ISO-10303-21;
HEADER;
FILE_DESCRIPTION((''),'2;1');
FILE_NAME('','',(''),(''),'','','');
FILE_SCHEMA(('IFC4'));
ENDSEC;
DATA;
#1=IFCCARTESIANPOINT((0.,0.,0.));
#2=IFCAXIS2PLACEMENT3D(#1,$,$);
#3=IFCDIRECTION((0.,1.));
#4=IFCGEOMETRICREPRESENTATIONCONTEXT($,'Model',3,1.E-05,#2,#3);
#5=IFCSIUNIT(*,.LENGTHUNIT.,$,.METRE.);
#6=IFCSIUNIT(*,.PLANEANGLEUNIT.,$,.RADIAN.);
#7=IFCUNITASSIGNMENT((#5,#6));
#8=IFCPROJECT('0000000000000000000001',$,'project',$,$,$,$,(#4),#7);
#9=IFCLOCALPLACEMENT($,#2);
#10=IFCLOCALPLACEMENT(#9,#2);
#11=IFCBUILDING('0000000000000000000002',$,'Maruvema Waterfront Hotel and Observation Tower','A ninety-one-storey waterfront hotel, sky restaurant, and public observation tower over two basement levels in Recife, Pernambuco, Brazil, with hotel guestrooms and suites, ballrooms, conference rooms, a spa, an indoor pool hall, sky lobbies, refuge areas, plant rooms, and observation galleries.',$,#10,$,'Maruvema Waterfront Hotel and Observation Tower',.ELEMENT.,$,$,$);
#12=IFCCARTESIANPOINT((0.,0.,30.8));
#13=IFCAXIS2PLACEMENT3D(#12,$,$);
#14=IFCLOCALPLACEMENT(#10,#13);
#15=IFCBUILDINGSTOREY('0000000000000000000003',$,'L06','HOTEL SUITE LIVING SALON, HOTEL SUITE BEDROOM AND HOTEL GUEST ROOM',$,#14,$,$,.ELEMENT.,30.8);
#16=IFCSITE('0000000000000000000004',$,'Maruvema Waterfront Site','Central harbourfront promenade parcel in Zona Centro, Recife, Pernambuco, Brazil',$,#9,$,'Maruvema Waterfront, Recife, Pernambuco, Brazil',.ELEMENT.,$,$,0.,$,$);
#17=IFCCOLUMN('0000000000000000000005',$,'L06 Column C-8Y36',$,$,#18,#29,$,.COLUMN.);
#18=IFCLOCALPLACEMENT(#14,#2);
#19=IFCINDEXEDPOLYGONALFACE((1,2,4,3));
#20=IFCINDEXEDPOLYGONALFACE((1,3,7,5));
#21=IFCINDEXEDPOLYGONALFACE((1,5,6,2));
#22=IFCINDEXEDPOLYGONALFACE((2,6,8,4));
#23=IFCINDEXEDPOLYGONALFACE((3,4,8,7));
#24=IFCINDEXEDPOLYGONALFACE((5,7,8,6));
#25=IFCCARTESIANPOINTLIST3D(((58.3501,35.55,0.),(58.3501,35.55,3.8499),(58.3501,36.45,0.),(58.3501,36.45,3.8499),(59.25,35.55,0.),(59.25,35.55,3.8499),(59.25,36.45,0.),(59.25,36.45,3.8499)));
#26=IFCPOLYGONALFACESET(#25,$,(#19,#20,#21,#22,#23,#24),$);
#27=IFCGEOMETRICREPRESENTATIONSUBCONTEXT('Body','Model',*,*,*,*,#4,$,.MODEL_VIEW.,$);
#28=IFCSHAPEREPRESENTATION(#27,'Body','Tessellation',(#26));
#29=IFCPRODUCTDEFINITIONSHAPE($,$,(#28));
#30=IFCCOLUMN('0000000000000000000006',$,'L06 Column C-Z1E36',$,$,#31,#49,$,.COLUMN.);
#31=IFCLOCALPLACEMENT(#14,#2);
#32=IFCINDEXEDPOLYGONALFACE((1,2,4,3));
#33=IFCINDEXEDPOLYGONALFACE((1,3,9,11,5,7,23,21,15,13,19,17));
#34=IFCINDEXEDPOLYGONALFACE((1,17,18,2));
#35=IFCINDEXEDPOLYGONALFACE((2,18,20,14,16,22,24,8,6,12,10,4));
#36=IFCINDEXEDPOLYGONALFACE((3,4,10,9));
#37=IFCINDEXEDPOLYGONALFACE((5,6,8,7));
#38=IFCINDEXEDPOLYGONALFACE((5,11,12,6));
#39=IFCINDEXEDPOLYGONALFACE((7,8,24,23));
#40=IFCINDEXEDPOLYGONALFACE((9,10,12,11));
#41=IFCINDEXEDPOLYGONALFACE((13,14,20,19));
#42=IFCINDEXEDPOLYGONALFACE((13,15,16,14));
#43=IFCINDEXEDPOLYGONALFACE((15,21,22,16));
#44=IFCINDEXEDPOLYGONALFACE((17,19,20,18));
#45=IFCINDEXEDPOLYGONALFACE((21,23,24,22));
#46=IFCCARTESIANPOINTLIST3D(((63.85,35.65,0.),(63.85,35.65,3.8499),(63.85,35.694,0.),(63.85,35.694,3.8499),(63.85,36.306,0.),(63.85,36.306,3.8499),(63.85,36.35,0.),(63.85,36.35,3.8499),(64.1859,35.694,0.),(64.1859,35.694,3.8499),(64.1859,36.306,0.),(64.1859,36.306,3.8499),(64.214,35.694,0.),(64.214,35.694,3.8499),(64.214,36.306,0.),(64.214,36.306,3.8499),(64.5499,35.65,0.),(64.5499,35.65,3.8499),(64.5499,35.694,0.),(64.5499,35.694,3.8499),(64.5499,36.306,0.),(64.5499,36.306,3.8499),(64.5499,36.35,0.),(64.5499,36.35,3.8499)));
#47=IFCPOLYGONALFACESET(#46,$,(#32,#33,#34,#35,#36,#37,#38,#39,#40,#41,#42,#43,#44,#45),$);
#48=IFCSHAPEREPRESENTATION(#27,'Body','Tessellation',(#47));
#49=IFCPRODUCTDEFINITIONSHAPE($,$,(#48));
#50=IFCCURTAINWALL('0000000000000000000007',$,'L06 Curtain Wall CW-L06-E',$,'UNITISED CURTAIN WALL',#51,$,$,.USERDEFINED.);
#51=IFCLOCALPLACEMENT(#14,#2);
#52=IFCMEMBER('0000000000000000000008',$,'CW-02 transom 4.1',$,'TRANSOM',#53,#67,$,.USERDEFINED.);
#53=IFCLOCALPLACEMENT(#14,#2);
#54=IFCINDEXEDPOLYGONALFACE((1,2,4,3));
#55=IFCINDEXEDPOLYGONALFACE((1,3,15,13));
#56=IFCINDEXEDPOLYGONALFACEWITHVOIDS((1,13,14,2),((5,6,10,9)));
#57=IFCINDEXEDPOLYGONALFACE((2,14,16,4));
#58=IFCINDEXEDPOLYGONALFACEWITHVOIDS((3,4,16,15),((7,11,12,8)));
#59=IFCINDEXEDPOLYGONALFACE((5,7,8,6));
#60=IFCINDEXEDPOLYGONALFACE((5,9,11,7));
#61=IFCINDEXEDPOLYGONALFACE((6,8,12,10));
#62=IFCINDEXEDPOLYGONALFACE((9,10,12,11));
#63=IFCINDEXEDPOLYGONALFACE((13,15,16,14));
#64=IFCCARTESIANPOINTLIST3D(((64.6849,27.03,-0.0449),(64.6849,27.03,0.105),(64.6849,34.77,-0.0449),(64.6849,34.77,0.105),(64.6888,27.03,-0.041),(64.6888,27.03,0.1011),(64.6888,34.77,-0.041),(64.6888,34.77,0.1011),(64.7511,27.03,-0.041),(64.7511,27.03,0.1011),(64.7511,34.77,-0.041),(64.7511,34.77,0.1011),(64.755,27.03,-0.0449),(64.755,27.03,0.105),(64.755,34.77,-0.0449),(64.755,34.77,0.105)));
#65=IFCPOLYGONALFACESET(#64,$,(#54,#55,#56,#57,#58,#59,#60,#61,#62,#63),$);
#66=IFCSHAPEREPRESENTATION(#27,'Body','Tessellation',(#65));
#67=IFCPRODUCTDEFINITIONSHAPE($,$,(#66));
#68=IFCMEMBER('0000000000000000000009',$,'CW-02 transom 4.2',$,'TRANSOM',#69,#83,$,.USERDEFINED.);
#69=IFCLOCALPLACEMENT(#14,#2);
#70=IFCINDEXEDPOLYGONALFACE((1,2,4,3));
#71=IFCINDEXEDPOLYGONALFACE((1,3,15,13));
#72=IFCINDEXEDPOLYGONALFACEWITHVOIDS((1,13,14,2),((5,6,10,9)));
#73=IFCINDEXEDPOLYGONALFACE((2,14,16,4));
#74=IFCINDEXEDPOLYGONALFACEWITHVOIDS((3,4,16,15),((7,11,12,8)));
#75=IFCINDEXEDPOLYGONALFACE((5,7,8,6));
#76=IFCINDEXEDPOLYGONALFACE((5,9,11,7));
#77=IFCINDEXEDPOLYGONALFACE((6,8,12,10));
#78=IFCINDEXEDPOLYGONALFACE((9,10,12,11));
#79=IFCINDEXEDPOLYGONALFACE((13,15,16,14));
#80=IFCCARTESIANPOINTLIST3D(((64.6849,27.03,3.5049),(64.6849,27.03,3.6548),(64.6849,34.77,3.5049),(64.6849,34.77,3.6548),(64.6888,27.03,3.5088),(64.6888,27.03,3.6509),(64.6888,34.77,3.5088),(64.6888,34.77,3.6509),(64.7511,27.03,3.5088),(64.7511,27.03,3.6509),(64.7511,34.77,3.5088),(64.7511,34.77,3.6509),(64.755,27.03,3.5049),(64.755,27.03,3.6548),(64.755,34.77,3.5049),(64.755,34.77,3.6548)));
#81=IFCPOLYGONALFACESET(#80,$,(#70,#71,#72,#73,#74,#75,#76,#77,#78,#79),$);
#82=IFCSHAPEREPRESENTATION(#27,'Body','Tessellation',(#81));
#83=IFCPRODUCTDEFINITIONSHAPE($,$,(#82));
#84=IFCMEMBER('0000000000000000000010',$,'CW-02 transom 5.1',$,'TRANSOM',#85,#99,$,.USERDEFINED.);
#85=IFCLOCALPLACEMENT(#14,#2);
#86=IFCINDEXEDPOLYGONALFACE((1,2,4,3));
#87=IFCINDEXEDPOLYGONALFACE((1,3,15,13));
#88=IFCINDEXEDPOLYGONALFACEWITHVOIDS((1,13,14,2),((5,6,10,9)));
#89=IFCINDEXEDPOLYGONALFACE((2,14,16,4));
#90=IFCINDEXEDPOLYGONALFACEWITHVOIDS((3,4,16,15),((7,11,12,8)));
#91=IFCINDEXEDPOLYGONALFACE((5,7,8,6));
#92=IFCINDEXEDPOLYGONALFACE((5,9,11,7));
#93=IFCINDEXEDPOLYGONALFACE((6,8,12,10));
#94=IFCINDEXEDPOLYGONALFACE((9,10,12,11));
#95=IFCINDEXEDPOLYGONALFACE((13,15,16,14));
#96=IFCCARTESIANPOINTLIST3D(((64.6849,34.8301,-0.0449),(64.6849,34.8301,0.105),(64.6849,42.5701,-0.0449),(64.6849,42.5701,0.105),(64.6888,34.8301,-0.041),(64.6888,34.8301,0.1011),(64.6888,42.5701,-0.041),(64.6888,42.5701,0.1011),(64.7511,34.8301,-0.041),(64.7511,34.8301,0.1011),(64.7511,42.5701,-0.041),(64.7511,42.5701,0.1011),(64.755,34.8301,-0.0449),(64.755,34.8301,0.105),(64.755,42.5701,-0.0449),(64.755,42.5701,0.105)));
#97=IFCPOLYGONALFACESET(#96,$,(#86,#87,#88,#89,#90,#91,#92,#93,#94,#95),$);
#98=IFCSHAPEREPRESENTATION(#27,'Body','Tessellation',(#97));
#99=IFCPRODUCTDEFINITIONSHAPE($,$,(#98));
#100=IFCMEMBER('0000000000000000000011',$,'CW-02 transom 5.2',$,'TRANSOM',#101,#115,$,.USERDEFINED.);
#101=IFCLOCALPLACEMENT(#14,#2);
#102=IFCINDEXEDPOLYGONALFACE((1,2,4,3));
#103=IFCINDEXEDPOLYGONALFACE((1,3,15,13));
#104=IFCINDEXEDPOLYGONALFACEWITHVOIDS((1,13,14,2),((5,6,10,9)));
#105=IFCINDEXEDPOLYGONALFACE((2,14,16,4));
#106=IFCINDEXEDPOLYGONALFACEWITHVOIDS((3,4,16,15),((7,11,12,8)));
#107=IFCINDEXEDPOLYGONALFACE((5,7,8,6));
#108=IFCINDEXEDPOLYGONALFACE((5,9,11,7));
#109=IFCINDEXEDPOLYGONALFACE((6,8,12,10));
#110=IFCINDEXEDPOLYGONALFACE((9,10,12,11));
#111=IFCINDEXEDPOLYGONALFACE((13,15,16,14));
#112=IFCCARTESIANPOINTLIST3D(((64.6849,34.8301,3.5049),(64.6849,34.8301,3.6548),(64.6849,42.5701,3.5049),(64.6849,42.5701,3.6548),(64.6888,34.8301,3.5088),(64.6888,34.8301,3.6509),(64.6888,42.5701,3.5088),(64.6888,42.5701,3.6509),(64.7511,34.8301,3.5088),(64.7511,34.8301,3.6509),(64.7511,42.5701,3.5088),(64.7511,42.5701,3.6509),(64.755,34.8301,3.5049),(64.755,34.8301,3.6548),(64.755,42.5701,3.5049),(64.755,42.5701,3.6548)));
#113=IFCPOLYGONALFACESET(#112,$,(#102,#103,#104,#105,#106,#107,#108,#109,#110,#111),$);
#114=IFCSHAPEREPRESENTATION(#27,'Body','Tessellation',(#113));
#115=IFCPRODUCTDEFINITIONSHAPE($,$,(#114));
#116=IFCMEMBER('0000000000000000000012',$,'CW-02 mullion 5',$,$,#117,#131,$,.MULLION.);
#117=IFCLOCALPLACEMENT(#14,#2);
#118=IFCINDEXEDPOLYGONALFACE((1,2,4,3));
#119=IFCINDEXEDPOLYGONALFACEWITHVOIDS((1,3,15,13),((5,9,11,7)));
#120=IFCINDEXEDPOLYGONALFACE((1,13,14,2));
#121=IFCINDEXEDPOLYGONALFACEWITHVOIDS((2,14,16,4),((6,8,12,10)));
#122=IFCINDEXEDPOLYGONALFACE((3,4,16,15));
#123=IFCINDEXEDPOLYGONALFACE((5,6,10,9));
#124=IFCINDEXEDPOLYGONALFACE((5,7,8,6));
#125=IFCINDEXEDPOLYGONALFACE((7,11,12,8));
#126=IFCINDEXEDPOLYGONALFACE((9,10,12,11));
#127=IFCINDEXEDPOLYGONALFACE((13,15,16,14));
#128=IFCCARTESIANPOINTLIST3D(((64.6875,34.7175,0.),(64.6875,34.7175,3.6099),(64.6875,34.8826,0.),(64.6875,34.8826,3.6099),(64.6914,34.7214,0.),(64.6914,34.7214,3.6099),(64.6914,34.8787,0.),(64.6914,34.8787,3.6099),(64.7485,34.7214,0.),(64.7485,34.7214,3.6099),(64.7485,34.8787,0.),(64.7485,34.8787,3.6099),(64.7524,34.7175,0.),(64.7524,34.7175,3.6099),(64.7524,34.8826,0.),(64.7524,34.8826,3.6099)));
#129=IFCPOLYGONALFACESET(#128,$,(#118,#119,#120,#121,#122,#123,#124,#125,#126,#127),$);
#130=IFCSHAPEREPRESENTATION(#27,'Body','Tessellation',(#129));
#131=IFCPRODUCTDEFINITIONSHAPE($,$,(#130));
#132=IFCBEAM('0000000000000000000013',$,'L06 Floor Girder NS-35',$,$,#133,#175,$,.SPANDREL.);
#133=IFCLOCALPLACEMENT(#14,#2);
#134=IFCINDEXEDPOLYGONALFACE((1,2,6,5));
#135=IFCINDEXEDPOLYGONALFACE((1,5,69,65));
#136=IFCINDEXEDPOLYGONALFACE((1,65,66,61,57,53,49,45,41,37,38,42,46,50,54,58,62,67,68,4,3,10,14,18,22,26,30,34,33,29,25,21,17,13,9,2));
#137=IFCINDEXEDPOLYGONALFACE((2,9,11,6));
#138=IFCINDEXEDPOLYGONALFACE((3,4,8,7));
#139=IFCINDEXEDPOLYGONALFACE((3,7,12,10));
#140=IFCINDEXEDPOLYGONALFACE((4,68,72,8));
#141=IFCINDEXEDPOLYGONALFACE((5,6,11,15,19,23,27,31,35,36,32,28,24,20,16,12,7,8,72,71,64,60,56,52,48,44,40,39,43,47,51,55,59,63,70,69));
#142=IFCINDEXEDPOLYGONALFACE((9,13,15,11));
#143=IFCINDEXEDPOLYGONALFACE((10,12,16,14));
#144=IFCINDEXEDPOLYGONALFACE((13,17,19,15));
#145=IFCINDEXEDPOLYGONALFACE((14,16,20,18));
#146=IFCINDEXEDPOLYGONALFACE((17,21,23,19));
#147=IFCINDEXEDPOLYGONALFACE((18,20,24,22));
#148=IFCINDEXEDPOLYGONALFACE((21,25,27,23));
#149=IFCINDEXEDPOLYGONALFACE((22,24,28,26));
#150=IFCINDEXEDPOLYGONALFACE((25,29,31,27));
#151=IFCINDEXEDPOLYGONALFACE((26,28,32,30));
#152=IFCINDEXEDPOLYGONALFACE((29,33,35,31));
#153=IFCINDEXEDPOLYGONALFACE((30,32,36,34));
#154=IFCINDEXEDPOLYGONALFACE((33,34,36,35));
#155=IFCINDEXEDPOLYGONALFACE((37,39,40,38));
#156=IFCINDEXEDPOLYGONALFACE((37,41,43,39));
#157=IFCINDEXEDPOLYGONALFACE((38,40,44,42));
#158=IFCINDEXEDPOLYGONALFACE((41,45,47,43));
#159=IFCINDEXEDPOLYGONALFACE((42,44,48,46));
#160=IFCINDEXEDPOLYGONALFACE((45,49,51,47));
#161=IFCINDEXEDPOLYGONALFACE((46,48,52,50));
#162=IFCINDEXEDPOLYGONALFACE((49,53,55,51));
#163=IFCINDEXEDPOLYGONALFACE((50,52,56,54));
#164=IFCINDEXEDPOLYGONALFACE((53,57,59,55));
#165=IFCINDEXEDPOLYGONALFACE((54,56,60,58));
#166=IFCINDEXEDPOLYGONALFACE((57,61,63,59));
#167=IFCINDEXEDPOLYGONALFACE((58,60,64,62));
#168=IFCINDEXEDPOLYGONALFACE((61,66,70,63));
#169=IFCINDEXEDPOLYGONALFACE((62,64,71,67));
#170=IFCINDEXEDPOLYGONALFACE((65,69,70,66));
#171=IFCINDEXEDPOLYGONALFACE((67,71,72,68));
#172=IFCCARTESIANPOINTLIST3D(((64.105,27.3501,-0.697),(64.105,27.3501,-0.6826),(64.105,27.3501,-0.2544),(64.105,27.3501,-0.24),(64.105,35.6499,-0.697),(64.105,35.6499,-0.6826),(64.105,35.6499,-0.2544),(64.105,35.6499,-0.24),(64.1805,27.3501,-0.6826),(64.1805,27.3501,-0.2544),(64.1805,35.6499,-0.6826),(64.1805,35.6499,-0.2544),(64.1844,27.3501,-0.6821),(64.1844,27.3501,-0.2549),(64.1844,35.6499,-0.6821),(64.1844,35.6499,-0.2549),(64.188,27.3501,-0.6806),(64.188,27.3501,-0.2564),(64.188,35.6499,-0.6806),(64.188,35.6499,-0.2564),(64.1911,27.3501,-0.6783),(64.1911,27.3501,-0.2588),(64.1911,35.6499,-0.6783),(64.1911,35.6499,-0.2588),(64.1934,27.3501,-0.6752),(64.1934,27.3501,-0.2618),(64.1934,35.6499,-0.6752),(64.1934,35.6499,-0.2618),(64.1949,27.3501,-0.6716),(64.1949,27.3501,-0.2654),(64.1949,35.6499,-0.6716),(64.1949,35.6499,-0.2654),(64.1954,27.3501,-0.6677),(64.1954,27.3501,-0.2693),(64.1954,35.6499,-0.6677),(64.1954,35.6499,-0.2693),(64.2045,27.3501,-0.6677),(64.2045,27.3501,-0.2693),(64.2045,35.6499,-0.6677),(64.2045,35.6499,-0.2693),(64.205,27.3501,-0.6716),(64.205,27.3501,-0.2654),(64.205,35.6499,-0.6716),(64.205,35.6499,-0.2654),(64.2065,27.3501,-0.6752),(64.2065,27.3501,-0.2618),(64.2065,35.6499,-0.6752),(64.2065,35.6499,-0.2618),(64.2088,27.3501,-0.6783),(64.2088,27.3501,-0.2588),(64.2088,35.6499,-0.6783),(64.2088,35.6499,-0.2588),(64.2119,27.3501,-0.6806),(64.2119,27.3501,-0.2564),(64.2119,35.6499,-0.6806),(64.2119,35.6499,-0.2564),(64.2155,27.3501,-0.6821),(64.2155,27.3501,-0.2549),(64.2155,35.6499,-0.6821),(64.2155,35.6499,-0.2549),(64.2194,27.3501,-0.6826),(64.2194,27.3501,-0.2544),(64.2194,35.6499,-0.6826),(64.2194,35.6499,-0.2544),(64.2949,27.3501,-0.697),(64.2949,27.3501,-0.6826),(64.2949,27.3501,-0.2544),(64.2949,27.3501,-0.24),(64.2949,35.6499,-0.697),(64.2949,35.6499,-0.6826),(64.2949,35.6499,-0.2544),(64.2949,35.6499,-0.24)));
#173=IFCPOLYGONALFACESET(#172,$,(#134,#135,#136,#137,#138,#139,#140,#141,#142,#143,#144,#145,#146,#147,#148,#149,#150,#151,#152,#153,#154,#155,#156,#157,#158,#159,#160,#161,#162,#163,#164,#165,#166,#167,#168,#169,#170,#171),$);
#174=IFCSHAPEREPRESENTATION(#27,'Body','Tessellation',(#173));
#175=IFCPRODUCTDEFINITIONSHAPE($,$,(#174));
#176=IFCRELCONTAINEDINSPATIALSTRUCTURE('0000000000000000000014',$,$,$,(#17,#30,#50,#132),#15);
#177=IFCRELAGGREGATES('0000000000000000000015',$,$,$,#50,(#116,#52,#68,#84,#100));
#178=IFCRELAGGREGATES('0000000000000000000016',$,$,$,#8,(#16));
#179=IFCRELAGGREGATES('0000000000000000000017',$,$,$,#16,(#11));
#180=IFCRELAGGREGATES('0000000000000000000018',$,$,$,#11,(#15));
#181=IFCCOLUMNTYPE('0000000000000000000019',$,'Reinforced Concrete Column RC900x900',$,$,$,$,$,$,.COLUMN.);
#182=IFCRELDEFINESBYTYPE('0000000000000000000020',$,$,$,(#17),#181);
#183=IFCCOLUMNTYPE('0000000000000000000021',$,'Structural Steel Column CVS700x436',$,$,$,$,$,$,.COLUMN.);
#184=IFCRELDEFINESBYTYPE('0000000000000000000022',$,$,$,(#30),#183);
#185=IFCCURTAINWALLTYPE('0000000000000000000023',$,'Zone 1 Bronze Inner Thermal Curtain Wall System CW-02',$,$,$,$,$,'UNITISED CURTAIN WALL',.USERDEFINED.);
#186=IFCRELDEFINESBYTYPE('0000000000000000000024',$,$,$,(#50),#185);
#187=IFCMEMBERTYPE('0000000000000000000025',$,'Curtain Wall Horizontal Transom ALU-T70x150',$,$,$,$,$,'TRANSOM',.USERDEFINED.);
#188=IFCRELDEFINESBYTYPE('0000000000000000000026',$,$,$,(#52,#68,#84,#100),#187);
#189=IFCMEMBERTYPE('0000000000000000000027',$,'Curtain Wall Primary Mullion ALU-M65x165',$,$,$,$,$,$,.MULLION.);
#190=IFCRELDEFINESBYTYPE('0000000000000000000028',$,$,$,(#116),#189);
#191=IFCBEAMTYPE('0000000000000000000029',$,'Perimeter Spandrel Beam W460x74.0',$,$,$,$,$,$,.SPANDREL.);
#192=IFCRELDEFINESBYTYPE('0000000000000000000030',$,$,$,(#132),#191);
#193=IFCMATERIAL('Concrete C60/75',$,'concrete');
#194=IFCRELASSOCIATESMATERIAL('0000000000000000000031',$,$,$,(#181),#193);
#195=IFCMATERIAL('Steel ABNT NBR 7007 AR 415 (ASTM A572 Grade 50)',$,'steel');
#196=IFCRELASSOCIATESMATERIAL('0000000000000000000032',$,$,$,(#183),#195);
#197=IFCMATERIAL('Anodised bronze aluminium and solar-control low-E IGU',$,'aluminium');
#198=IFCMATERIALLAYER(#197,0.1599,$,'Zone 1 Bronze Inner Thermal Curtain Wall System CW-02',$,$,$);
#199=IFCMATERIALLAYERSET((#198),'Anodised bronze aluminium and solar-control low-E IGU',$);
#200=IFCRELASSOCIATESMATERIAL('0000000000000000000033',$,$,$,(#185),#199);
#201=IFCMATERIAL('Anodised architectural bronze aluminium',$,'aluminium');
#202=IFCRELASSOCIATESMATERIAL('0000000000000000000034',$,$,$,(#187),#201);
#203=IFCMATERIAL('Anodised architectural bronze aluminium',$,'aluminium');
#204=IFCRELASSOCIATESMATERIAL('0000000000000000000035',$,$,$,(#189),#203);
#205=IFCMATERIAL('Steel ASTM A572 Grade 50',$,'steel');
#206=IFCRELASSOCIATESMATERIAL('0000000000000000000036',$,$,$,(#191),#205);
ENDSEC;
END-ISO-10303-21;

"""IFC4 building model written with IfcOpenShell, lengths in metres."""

from ifc_helpers import new_model, si_unit, direction, frame, origin, origin_2d, place, context, subcontext, project, spatial, rectangle, hollow_rectangle, i_section, extrude, material, layer, layer_set, material_profile, profile_set, type_object, element, aggregate, save


model = new_model("IFC4")

# Units and contexts
model_context = context("Model", 3, precision=1e-05, world=origin(), true_north=direction((0.0, 1.0)))
body_context = subcontext(model_context, "Body", "Model", "MODEL_VIEW")
ifc_project = project(units=[si_unit("LENGTHUNIT", "METRE"), si_unit("PLANEANGLEUNIT", "RADIAN")], contexts=[model_context])

# Site, building, storey
site_placement = place(None, origin())
site = spatial("IfcSite", under=ifc_project, at=site_placement, Name="Maruvema Waterfront Site", Description="Central harbourfront promenade parcel in Zona Centro, Recife, Pernambuco, Brazil", LongName="Maruvema Waterfront, Recife, Pernambuco, Brazil", CompositionType="ELEMENT", RefElevation=0.0)
building_placement = place(site_placement, origin())
building = spatial("IfcBuilding", under=site, at=building_placement, Name="Maruvema Waterfront Hotel and Observation Tower", Description="A ninety-one-storey waterfront hotel, sky restaurant, and public observation tower over two basement levels in Recife, Pernambuco, Brazil, with hotel guestrooms and suites, ballrooms, conference rooms, a spa, an indoor pool hall, sky lobbies, refuge areas, plant rooms, and observation galleries.", LongName="Maruvema Waterfront Hotel and Observation Tower", CompositionType="ELEMENT")
storey_placement = place(building_placement, frame((0.0, 0.0, 30.8)))
storey = spatial("IfcBuildingStorey", under=building, at=storey_placement, Name="L06", Description="HOTEL SUITE LIVING SALON, HOTEL SUITE BEDROOM AND HOTEL GUEST ROOM", CompositionType="ELEMENT", Elevation=30.8)

# Columns
ifc_material_1 = material(Name="Concrete C60/75", Category="concrete")
ifc_material_profile_1 = material_profile(ifc_material_1, rectangle(XDim=0.8999, YDim=0.8999, at=origin_2d()), Name="RC900x900")
ifc_profile_set_1 = profile_set([ifc_material_profile_1], Name="Concrete C60/75")
column_type_1 = type_object("IfcColumnType", Name="Reinforced Concrete Column RC900x900", PredefinedType="COLUMN", material=ifc_profile_set_1)
column_1_placement = place(storey_placement, frame((58.8, 36.0, 0.0), z_axis=(0.0, 0.0, 1.0), x_axis=(1.0, 0.0, 0.0)))
element("IfcColumn", 1, at=column_1_placement, inside=storey, type_object=column_type_1, Name="L06 Column C-8Y36", PredefinedType="COLUMN", context=body_context, shape_type="SweptSolid", body=[
    extrude(rectangle(XDim=0.8999, YDim=0.8999, at=origin_2d()), origin(), (0.0, 0.0, 1.0), 3.8499),
])
ifc_material_2 = material(Name="Steel ABNT NBR 7007 AR 415 (ASTM A572 Grade 50)", Category="steel")
ifc_material_profile_2 = material_profile(ifc_material_2, i_section(OverallWidth=0.7, OverallDepth=0.7, WebThickness=0.0281, FlangeThickness=0.0439, at=origin_2d()), Name="CVS700x436")
ifc_profile_set_2 = profile_set([ifc_material_profile_2], Name="Steel ABNT NBR 7007 AR 415 (ASTM A572 Grade 50)")
column_type_2 = type_object("IfcColumnType", Name="Structural Steel Column CVS700x436", PredefinedType="COLUMN", material=ifc_profile_set_2)
column_2_placement = place(storey_placement, frame((64.2, 36.0, 0.0), z_axis=(0.0, 0.0, 1.0), x_axis=(1.0, 0.0, 0.0)))
element("IfcColumn", 2, at=column_2_placement, inside=storey, type_object=column_type_2, Name="L06 Column C-Z1E36", PredefinedType="COLUMN", context=body_context, shape_type="SweptSolid", body=[
    extrude(i_section(OverallWidth=0.7, OverallDepth=0.7, WebThickness=0.0281, FlangeThickness=0.0439, at=origin_2d()), origin(), (0.0, 0.0, 1.0), 3.8499),
])

# Curtain wall, members
ifc_material_3 = material(Name="Anodised bronze aluminium and solar-control low-E IGU", Category="aluminium")
ifc_layer_1 = layer(ifc_material_3, 0.1599, Name="Zone 1 Bronze Inner Thermal Curtain Wall System CW-02")
ifc_layer_set_1 = layer_set([ifc_layer_1], Name="Anodised bronze aluminium and solar-control low-E IGU")
curtain_wall_type = type_object("IfcCurtainWallType", Name="Zone 1 Bronze Inner Thermal Curtain Wall System CW-02", ElementType="UNITISED CURTAIN WALL", PredefinedType="USERDEFINED", material=ifc_layer_set_1)
curtain_wall_placement = place(storey_placement, origin())
curtain_wall = element("IfcCurtainWall", 3, at=curtain_wall_placement, inside=storey, type_object=curtain_wall_type, Name="L06 Curtain Wall CW-L06-E", ObjectType="UNITISED CURTAIN WALL", PredefinedType="USERDEFINED")
ifc_material_4 = material(Name="Anodised architectural bronze aluminium", Category="aluminium")
ifc_material_profile_3 = material_profile(ifc_material_4, hollow_rectangle(XDim=0.0701, YDim=0.1499, WallThickness=0.0039, at=origin_2d()), Name="ALU-T70x150")
ifc_profile_set_3 = profile_set([ifc_material_profile_3], Name="Anodised architectural bronze aluminium")
member_type_1 = type_object("IfcMemberType", Name="Curtain Wall Horizontal Transom ALU-T70x150", ElementType="TRANSOM", PredefinedType="USERDEFINED", material=ifc_profile_set_3)
member_1_placement = place(storey_placement, frame((64.72, 27.03, 0.03), z_axis=(0.0, 1.0, 0.0), x_axis=(-1.0, 0.0, 0.0)))
member_1 = element("IfcMember", 4, at=member_1_placement, type_object=member_type_1, Name="CW-02 transom 4.1", ObjectType="TRANSOM", PredefinedType="USERDEFINED", context=body_context, shape_type="SweptSolid", body=[
    extrude(hollow_rectangle(XDim=0.0701, YDim=0.1499, WallThickness=0.0039, at=origin_2d()), origin(), (0.0, 0.0, 1.0), 7.74),
])
member_2_placement = place(storey_placement, frame((64.72, 27.03, 3.5798), z_axis=(0.0, 1.0, 0.0), x_axis=(-1.0, 0.0, 0.0)))
member_2 = element("IfcMember", 5, at=member_2_placement, type_object=member_type_1, Name="CW-02 transom 4.2", ObjectType="TRANSOM", PredefinedType="USERDEFINED", context=body_context, shape_type="SweptSolid", body=[
    extrude(hollow_rectangle(XDim=0.0701, YDim=0.1499, WallThickness=0.0039, at=origin_2d()), origin(), (0.0, 0.0, 1.0), 7.74),
])
member_3_placement = place(storey_placement, frame((64.72, 34.8301, 0.03), z_axis=(0.0, 1.0, 0.0), x_axis=(-1.0, 0.0, 0.0)))
member_3 = element("IfcMember", 6, at=member_3_placement, type_object=member_type_1, Name="CW-02 transom 5.1", ObjectType="TRANSOM", PredefinedType="USERDEFINED", context=body_context, shape_type="SweptSolid", body=[
    extrude(hollow_rectangle(XDim=0.0701, YDim=0.1499, WallThickness=0.0039, at=origin_2d()), origin(), (0.0, 0.0, 1.0), 7.74),
])
member_4_placement = place(storey_placement, frame((64.72, 34.8301, 3.5798), z_axis=(0.0, 1.0, 0.0), x_axis=(-1.0, 0.0, 0.0)))
member_4 = element("IfcMember", 7, at=member_4_placement, type_object=member_type_1, Name="CW-02 transom 5.2", ObjectType="TRANSOM", PredefinedType="USERDEFINED", context=body_context, shape_type="SweptSolid", body=[
    extrude(hollow_rectangle(XDim=0.0701, YDim=0.1499, WallThickness=0.0039, at=origin_2d()), origin(), (0.0, 0.0, 1.0), 7.74),
])
ifc_material_5 = material(Name="Anodised architectural bronze aluminium", Category="aluminium")
ifc_material_profile_4 = material_profile(ifc_material_5, hollow_rectangle(XDim=0.0649, YDim=0.165, WallThickness=0.0039, at=origin_2d()), Name="ALU-M65x165")
ifc_profile_set_4 = profile_set([ifc_material_profile_4], Name="Anodised architectural bronze aluminium")
member_type_2 = type_object("IfcMemberType", Name="Curtain Wall Primary Mullion ALU-M65x165", PredefinedType="MULLION", material=ifc_profile_set_4)
member_5_placement = place(storey_placement, frame((64.72, 34.8, 0.0), z_axis=(0.0, 0.0, 1.0), x_axis=(-1.0, 0.0, 0.0)))
member_5 = element("IfcMember", 8, at=member_5_placement, type_object=member_type_2, Name="CW-02 mullion 5", PredefinedType="MULLION", context=body_context, shape_type="SweptSolid", body=[
    extrude(hollow_rectangle(XDim=0.0649, YDim=0.165, WallThickness=0.0039, at=origin_2d()), origin(), (0.0, 0.0, 1.0), 3.6099),
])

# Beam
ifc_material_6 = material(Name="Steel ASTM A572 Grade 50", Category="steel")
ifc_material_profile_5 = material_profile(ifc_material_6, i_section(OverallWidth=0.1899, OverallDepth=0.457, WebThickness=0.009, FlangeThickness=0.0144, FilletRadius=0.0149, at=origin_2d()), Name="W460x74.0")
ifc_profile_set_5 = profile_set([ifc_material_profile_5], Name="Steel ASTM A572 Grade 50")
beam_type_1 = type_object("IfcBeamType", Name="Perimeter Spandrel Beam W460x74.0", PredefinedType="SPANDREL", material=ifc_profile_set_5)
for number, where, z_axis, x_axis, name in (
    (9, (64.2, 27.3501, -0.4685), (0.0, 1.0, 0.0), (-1.0, 0.0, 0.0), "L06 Floor Girder NS-35"),
):
    element("IfcBeam", number, at=place(storey_placement, frame(where, z_axis=z_axis, x_axis=x_axis)), inside=storey, type_object=beam_type_1, Name=name, PredefinedType="SPANDREL", context=body_context, shape_type="SweptSolid", body=[
        extrude(i_section(OverallWidth=0.1899, OverallDepth=0.457, WebThickness=0.009, FlangeThickness=0.0144, FilletRadius=0.0149, at=origin_2d()), origin(), (0.0, 0.0, 1.0), 8.2998),
    ])

aggregate(curtain_wall, [member_5, member_1, member_2, member_3, member_4])

save(model, "model.ifc")
